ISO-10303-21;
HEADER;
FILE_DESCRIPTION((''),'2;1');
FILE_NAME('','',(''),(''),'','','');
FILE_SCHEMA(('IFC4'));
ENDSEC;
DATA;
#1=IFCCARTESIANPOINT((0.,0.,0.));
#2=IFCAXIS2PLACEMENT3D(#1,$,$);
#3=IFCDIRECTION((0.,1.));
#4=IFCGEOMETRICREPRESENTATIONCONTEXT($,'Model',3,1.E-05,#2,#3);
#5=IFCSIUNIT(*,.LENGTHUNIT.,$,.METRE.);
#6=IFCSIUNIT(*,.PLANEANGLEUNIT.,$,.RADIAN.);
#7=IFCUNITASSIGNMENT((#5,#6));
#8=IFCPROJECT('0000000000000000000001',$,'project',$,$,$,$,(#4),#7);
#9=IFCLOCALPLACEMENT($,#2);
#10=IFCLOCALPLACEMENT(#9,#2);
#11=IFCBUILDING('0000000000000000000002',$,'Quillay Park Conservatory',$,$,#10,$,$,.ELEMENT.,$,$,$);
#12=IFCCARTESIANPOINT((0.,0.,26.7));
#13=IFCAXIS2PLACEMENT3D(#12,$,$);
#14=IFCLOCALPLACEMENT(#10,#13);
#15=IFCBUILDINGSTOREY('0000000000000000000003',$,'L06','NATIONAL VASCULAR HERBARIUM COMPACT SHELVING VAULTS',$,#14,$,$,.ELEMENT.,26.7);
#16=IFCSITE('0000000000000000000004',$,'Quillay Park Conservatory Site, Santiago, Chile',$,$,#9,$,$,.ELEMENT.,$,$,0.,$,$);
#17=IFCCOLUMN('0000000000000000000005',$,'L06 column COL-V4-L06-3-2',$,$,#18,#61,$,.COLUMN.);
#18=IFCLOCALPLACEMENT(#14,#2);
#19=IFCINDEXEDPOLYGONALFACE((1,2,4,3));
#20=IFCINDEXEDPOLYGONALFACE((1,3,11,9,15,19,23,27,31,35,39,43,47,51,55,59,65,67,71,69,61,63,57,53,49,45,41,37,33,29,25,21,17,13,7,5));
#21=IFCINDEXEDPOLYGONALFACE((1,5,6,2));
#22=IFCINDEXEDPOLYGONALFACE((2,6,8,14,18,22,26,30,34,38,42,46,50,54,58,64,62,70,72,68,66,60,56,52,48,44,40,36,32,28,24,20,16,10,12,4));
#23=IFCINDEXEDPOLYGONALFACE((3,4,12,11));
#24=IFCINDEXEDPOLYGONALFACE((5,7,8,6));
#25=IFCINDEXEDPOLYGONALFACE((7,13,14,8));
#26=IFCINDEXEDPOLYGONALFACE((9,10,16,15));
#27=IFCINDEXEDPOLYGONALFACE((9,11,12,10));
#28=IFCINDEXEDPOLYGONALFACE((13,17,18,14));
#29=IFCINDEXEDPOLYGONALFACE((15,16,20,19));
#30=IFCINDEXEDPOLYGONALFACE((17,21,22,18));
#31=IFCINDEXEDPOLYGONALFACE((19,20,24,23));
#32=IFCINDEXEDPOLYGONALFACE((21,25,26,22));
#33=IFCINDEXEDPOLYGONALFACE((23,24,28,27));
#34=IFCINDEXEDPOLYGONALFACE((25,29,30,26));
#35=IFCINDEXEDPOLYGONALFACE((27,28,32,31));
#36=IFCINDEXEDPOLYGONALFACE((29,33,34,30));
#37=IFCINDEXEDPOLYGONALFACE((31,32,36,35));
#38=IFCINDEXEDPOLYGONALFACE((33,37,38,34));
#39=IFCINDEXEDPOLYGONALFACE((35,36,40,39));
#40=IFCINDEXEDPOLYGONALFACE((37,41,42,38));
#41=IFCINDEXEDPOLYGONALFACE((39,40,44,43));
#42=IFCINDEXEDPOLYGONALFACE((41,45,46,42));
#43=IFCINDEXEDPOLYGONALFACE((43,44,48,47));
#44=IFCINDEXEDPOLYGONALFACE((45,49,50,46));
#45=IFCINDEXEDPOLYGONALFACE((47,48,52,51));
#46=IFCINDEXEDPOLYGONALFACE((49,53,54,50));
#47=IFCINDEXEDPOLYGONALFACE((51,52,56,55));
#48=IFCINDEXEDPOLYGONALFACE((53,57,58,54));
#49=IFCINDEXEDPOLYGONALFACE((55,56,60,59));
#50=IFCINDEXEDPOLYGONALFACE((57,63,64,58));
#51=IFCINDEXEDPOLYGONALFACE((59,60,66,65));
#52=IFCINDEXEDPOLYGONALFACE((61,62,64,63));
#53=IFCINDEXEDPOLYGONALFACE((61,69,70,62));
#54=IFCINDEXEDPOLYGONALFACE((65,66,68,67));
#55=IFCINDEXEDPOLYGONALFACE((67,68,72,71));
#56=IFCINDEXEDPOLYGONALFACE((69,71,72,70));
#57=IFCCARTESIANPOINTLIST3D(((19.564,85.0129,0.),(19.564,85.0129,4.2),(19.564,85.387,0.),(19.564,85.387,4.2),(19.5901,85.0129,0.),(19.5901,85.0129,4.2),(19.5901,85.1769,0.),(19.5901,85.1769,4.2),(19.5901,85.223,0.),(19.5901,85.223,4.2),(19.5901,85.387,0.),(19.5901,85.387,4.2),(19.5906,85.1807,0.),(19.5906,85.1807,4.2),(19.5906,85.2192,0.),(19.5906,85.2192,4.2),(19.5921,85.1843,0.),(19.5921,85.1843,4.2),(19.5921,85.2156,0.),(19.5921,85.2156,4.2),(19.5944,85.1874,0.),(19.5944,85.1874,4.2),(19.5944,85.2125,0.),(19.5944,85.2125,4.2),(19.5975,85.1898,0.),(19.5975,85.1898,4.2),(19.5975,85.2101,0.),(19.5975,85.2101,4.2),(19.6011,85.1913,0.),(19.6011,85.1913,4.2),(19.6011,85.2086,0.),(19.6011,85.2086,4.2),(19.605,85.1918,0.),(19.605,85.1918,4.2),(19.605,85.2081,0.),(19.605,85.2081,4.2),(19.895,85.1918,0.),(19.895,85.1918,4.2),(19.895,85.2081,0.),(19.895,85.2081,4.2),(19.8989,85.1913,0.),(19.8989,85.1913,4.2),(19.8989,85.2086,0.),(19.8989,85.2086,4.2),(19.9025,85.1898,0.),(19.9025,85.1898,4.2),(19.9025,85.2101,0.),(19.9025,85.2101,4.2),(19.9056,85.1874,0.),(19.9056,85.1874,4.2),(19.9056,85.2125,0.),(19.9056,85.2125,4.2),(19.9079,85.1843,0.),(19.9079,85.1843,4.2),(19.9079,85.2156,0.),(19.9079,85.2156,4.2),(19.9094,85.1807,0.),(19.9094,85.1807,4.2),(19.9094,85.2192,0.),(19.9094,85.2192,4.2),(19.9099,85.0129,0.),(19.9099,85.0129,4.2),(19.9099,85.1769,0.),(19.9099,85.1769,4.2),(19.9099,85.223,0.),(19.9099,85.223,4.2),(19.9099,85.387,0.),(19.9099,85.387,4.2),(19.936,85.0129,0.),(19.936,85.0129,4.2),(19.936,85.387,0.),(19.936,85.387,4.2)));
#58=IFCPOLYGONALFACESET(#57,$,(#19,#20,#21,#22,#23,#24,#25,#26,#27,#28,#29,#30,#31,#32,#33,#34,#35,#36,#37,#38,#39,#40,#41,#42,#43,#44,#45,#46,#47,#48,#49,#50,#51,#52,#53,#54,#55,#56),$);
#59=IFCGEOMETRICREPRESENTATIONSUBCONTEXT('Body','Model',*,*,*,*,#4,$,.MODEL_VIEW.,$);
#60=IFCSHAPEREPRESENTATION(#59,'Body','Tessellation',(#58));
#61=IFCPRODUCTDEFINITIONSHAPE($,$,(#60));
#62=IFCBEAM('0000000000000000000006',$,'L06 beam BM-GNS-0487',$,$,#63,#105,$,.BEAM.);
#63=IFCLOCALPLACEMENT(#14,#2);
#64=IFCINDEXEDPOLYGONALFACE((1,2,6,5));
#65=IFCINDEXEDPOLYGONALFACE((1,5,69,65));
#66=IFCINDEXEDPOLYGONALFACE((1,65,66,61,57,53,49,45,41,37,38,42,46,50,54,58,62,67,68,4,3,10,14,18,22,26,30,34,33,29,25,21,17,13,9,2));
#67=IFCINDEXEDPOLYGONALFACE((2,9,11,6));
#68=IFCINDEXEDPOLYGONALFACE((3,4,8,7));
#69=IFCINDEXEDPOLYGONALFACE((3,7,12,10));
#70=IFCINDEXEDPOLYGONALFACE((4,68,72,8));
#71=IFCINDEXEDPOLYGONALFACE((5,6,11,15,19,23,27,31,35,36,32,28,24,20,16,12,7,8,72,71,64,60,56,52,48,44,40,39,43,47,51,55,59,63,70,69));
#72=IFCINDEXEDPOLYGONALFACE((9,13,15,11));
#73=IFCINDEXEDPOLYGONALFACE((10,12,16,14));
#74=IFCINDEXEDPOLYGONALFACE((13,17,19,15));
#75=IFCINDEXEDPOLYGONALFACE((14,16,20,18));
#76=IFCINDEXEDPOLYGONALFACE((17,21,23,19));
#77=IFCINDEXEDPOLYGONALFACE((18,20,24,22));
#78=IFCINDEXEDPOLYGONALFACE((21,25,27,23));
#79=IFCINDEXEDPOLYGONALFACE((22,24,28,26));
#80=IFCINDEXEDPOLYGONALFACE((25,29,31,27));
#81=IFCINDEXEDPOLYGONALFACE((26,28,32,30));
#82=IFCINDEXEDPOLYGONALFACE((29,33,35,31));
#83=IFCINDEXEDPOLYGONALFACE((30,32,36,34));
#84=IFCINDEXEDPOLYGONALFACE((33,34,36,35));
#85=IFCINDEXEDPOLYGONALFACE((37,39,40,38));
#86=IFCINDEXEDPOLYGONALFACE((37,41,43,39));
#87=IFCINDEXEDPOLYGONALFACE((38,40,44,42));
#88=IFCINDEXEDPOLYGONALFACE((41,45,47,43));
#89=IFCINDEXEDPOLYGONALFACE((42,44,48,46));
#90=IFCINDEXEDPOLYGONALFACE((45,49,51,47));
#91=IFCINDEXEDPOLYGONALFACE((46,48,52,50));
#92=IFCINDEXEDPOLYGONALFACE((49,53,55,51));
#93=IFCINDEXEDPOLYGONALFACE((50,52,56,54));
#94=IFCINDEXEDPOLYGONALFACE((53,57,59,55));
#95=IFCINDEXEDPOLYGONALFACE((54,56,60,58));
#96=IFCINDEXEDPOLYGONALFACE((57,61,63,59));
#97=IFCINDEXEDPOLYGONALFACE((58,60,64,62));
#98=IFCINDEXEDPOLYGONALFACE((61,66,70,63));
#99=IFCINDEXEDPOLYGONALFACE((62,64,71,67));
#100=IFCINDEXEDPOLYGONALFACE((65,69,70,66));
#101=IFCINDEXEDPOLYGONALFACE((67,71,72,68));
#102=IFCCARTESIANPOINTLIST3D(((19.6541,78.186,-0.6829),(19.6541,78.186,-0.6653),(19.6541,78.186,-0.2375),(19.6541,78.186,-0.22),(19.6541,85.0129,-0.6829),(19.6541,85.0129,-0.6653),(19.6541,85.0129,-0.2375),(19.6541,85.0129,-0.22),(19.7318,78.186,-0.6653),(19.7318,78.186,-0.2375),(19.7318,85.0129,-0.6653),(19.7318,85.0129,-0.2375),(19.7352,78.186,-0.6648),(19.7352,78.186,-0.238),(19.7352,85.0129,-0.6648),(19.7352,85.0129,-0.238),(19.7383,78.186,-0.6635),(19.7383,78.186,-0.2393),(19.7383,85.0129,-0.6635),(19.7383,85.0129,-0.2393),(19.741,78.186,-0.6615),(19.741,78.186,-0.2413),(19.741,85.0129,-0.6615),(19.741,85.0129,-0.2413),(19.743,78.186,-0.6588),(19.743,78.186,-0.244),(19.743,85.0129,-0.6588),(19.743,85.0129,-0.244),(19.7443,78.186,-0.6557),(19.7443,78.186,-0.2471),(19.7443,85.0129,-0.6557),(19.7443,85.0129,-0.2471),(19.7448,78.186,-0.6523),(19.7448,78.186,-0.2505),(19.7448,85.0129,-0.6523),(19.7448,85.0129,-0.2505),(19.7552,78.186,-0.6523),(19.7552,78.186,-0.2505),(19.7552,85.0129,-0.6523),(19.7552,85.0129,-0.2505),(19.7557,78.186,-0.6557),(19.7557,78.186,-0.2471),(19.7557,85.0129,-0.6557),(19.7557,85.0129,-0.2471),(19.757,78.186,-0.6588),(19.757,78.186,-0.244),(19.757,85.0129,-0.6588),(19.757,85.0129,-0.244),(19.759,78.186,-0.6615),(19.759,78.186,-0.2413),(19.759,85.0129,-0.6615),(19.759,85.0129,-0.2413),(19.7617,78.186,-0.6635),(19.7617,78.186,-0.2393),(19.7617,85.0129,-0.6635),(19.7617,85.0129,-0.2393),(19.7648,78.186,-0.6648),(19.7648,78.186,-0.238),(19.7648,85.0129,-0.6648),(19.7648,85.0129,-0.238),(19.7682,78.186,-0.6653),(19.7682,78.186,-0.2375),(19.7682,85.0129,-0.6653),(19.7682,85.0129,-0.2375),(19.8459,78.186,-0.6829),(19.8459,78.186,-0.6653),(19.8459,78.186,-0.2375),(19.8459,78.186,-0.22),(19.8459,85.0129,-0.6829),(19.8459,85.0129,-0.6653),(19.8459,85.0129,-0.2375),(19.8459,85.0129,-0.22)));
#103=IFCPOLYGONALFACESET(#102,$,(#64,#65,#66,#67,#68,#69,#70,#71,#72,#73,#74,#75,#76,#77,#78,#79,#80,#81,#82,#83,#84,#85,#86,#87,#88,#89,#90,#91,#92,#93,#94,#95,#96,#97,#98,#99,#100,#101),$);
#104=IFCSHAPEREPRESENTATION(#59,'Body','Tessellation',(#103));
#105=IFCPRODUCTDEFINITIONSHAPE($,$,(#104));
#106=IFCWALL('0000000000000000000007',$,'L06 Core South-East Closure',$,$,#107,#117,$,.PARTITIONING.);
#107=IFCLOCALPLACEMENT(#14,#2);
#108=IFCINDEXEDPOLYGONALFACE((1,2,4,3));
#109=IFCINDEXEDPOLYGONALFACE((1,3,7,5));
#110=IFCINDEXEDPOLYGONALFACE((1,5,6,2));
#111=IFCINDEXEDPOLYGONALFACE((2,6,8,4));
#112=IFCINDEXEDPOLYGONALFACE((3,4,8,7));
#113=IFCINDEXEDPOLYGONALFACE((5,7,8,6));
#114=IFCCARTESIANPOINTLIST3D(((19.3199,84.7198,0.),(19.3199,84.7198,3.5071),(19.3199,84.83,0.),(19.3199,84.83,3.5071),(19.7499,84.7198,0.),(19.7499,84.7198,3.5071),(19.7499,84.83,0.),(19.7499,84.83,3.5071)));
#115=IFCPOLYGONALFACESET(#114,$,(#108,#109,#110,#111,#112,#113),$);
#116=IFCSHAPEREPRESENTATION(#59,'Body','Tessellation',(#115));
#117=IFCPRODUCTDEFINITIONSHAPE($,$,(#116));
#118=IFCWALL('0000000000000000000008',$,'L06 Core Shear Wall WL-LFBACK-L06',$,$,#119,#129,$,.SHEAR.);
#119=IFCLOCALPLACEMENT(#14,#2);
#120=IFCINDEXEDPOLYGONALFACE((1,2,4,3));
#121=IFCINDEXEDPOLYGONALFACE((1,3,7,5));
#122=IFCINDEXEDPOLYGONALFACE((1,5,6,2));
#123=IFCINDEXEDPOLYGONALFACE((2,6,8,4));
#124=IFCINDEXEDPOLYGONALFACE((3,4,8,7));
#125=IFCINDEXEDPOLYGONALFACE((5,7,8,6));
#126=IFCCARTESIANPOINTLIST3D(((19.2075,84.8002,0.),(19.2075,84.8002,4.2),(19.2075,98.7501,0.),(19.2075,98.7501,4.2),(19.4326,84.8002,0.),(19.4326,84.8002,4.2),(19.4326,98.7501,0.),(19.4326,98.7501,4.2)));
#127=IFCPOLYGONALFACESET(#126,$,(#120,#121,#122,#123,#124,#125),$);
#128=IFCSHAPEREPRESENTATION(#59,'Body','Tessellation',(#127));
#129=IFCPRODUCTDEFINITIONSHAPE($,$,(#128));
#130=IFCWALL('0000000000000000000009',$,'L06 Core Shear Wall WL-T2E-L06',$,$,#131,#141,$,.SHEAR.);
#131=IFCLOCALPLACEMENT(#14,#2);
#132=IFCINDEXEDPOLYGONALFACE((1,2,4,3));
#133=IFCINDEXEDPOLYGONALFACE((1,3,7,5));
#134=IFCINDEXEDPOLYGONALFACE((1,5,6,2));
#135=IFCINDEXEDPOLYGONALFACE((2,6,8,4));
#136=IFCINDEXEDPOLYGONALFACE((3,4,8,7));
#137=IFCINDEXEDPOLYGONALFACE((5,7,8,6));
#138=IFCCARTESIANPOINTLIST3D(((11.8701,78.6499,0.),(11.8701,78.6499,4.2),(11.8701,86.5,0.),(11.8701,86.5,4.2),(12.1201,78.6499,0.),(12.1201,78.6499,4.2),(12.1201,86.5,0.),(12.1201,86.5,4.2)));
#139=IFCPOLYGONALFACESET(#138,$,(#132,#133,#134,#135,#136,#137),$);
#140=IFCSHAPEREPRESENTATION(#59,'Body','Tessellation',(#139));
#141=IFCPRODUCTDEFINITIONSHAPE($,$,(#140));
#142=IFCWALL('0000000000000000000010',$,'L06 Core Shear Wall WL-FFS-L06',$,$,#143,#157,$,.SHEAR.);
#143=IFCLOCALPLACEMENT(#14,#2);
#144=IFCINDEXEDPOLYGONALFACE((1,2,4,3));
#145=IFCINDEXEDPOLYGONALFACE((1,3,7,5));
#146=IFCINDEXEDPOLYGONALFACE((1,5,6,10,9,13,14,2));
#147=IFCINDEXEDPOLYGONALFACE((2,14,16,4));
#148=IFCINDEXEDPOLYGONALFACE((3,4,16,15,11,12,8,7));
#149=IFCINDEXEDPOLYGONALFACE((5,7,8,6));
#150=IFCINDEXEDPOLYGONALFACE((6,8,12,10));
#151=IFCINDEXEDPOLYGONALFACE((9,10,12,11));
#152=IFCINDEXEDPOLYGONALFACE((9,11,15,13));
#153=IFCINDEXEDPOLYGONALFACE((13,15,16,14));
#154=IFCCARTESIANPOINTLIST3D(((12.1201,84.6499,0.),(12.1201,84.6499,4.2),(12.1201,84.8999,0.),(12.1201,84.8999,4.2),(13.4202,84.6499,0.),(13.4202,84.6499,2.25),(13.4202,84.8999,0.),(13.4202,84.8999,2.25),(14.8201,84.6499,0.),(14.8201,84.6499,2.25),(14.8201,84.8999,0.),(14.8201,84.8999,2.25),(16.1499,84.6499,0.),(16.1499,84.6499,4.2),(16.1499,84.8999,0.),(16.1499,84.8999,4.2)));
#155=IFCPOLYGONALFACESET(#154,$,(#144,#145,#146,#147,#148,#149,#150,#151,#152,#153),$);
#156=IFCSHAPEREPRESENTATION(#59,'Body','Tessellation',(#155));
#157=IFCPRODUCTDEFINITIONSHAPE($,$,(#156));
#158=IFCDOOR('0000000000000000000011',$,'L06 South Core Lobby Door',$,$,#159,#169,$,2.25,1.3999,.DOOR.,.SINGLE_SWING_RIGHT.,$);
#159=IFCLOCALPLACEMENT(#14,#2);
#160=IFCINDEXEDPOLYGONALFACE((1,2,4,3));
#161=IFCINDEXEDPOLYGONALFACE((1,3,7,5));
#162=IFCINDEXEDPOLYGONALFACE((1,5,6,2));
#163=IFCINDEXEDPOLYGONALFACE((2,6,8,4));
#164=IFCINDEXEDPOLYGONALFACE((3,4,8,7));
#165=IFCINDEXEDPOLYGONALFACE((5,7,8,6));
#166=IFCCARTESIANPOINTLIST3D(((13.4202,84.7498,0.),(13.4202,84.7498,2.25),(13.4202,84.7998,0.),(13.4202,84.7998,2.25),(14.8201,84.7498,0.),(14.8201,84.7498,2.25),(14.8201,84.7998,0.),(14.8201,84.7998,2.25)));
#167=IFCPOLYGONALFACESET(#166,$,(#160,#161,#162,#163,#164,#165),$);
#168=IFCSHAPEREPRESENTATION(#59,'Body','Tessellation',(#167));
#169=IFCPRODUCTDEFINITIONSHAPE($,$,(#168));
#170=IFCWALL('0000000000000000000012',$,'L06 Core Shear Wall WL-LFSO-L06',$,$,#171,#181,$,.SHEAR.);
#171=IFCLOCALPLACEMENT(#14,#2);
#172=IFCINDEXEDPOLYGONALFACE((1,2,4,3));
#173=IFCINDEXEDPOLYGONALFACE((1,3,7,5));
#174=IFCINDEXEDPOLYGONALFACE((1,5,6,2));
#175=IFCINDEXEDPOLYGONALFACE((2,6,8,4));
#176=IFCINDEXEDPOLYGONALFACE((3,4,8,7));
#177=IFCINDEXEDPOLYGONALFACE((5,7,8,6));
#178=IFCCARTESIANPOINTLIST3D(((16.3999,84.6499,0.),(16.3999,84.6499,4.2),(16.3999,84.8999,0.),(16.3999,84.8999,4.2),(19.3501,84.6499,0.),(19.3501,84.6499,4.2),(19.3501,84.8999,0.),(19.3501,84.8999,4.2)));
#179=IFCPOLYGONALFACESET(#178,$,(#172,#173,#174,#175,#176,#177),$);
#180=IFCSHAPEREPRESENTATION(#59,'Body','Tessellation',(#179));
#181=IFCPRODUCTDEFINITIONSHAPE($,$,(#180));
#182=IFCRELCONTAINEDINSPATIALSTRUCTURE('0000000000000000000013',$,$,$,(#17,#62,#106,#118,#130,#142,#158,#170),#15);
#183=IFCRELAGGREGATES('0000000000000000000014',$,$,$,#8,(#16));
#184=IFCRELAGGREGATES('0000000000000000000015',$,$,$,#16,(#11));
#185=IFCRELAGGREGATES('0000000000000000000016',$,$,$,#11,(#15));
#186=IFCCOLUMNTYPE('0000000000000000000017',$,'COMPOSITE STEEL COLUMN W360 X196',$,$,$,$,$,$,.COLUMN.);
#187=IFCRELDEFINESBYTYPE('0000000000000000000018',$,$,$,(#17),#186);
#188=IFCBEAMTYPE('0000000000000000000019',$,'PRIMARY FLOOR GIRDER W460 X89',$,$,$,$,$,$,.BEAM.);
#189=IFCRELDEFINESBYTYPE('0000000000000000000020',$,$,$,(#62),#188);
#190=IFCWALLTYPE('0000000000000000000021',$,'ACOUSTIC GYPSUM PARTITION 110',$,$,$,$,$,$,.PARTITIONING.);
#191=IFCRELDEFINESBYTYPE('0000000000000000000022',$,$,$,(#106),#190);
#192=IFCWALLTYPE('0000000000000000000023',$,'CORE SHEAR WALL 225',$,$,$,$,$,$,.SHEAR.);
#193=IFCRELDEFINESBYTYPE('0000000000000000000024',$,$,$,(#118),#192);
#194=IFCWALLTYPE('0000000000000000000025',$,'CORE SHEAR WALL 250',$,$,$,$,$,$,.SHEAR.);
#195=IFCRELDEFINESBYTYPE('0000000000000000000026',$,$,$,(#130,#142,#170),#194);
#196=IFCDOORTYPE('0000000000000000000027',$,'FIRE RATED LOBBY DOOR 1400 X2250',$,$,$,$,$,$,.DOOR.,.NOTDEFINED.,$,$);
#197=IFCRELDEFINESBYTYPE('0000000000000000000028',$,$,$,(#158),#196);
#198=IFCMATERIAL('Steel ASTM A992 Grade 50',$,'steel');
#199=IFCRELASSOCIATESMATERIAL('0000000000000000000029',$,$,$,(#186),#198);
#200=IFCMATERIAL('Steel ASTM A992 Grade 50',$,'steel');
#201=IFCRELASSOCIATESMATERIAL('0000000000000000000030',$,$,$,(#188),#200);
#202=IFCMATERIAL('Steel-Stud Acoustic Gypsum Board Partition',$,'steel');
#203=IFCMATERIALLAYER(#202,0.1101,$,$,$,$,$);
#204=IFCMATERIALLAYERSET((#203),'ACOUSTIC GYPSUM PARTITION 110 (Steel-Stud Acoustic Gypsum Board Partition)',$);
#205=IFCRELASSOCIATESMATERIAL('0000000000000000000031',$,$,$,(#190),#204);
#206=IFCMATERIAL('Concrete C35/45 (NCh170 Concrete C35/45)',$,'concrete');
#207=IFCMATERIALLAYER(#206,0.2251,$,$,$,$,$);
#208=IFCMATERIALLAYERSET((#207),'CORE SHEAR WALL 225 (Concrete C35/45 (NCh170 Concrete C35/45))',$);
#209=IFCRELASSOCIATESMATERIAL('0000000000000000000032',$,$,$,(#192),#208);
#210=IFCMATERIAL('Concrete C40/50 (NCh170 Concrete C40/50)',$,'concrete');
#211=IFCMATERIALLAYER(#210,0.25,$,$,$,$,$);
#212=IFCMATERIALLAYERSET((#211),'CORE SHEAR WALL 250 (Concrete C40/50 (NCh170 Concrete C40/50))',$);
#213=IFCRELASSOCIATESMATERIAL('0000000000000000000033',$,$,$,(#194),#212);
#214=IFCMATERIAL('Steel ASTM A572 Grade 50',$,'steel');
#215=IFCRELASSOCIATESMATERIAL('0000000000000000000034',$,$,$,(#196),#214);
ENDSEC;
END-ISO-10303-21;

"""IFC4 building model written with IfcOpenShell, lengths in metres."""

from ifc_helpers import new_model, si_unit, direction, frame, frame_2d, origin, origin_2d, place, context, subcontext, project, spatial, rectangle, i_section, extrude, material, layer, layer_set, material_profile, profile_set, type_object, element, fill, save


model = new_model("IFC4")

# Units and contexts
model_context = context("Model", 3, precision=1e-05, world=origin(), true_north=direction((0.0, 1.0)))
body_context = subcontext(model_context, "Body", "Model", "MODEL_VIEW")
ifc_project = project(units=[si_unit("LENGTHUNIT", "METRE"), si_unit("PLANEANGLEUNIT", "RADIAN")], contexts=[model_context])

# Site, building, storey
site_placement = place(None, origin())
site = spatial("IfcSite", under=ifc_project, at=site_placement, Name="Quillay Park Conservatory Site, Santiago, Chile", CompositionType="ELEMENT", RefElevation=0.0)
building_placement = place(site_placement, origin())
building = spatial("IfcBuilding", under=site, at=building_placement, Name="Quillay Park Conservatory", CompositionType="ELEMENT")
storey_placement = place(building_placement, frame((0.0, 0.0, 26.7)))
storey = spatial("IfcBuildingStorey", under=building, at=storey_placement, Name="L06", Description="NATIONAL VASCULAR HERBARIUM COMPACT SHELVING VAULTS", CompositionType="ELEMENT", Elevation=26.7)

# Column
ifc_material_1 = material(Name="Steel ASTM A992 Grade 50", Category="steel")
ifc_material_profile_1 = material_profile(ifc_material_1, i_section(OverallWidth=0.374, OverallDepth=0.3721, WebThickness=0.0164, FlangeThickness=0.0261, FilletRadius=0.0149, at=origin_2d()), Name="W360x196")
ifc_profile_set_1 = profile_set([ifc_material_profile_1], Name="Steel ASTM A992 Grade 50")
column_type = type_object("IfcColumnType", Name="COMPOSITE STEEL COLUMN W360 X196", PredefinedType="COLUMN", material=ifc_profile_set_1)
column_placement = place(storey_placement, frame((19.75, 85.2, 0.0), z_axis=(0.0, 0.0, 1.0), x_axis=(0.0, 1.0, 0.0)))
element("IfcColumn", 1, at=column_placement, inside=storey, type_object=column_type, Name="L06 column COL-V4-L06-3-2", PredefinedType="COLUMN", context=body_context, shape_type="SweptSolid", body=[
    extrude(i_section(OverallWidth=0.374, OverallDepth=0.3721, WebThickness=0.0164, FlangeThickness=0.0261, FilletRadius=0.0149, at=origin_2d()), origin(), (0.0, 0.0, 1.0), 4.2),
])

# Beam
ifc_material_2 = material(Name="Steel ASTM A992 Grade 50", Category="steel")
ifc_material_profile_2 = material_profile(ifc_material_2, i_section(OverallWidth=0.1919, OverallDepth=0.4629, WebThickness=0.0105, FlangeThickness=0.0176, FilletRadius=0.0129, at=origin_2d()), Name="W460x89")
ifc_profile_set_2 = profile_set([ifc_material_profile_2], Name="Steel ASTM A992 Grade 50")
beam_type = type_object("IfcBeamType", Name="PRIMARY FLOOR GIRDER W460 X89", PredefinedType="BEAM", material=ifc_profile_set_2)
beam_placement = place(storey_placement, frame((19.75, 78.186, -0.4514), z_axis=(0.0, 1.0, 0.0), x_axis=(-1.0, 0.0, 0.0)))
element("IfcBeam", 2, at=beam_placement, inside=storey, type_object=beam_type, Name="L06 beam BM-GNS-0487", PredefinedType="BEAM", context=body_context, shape_type="SweptSolid", body=[
    extrude(i_section(OverallWidth=0.1919, OverallDepth=0.4629, WebThickness=0.0105, FlangeThickness=0.0176, FilletRadius=0.0129, at=origin_2d()), origin(), (0.0, 0.0, 1.0), 6.8269),
])

# Walls
ifc_material_3 = material(Name="Steel-Stud Acoustic Gypsum Board Partition", Category="steel")
ifc_layer_1 = layer(ifc_material_3, 0.1101)
ifc_layer_set_1 = layer_set([ifc_layer_1], Name="ACOUSTIC GYPSUM PARTITION 110 (Steel-Stud Acoustic Gypsum Board Partition)")
wall_type_1 = type_object("IfcWallType", Name="ACOUSTIC GYPSUM PARTITION 110", PredefinedType="PARTITIONING", material=ifc_layer_set_1)
wall_1_placement = place(storey_placement, frame((19.3201, 84.7749, 0.0), z_axis=(0.0, 0.0, 1.0), x_axis=(1.0, 0.0, 0.0)))
element("IfcWall", 3, at=wall_1_placement, inside=storey, type_object=wall_type_1, Name="L06 Core South-East Closure", PredefinedType="PARTITIONING", context=body_context, shape_type="SweptSolid", body=[
    extrude(rectangle(XDim=0.4299, YDim=0.1101, at=frame_2d((0.2148, 0.0))), origin(), (0.0, 0.0, 1.0), 3.5071),
])
ifc_material_4 = material(Name="Concrete C35/45 (NCh170 Concrete C35/45)", Category="concrete")
ifc_layer_2 = layer(ifc_material_4, 0.2251)
ifc_layer_set_2 = layer_set([ifc_layer_2], Name="CORE SHEAR WALL 225 (Concrete C35/45 (NCh170 Concrete C35/45))")
wall_type_2 = type_object("IfcWallType", Name="CORE SHEAR WALL 225", PredefinedType="SHEAR", material=ifc_layer_set_2)
wall_2_placement = place(storey_placement, frame((19.3201, 84.8, 0.0), z_axis=(0.0, 0.0, 1.0), x_axis=(0.0, 1.0, 0.0)))
element("IfcWall", 4, at=wall_2_placement, inside=storey, type_object=wall_type_2, Name="L06 Core Shear Wall WL-LFBACK-L06", PredefinedType="SHEAR", context=body_context, shape_type="SweptSolid", body=[
    extrude(rectangle(XDim=13.95, YDim=0.2251, at=frame_2d((6.9751, 0.0))), origin(), (0.0, 0.0, 1.0), 4.2),
])
ifc_material_5 = material(Name="Concrete C40/50 (NCh170 Concrete C40/50)", Category="concrete")
ifc_layer_3 = layer(ifc_material_5, 0.25)
ifc_layer_set_3 = layer_set([ifc_layer_3], Name="CORE SHEAR WALL 250 (Concrete C40/50 (NCh170 Concrete C40/50))")
wall_type_3 = type_object("IfcWallType", Name="CORE SHEAR WALL 250", PredefinedType="SHEAR", material=ifc_layer_set_3)
wall_3_placement = place(storey_placement, frame((11.9951, 78.6499, 0.0), z_axis=(0.0, 0.0, 1.0), x_axis=(0.0, 1.0, 0.0)))
element("IfcWall", 5, at=wall_3_placement, inside=storey, type_object=wall_type_3, Name="L06 Core Shear Wall WL-T2E-L06", PredefinedType="SHEAR", context=body_context, shape_type="SweptSolid", body=[
    extrude(rectangle(XDim=7.8501, YDim=0.25, at=frame_2d((3.925, 0.0))), origin(), (0.0, 0.0, 1.0), 4.2),
])

# Wall, opening, door
wall_4_placement = place(storey_placement, frame((12.1201, 84.7749, 0.0), z_axis=(0.0, 0.0, 1.0), x_axis=(1.0, 0.0, 0.0)))
wall_4 = element("IfcWall", 6, at=wall_4_placement, inside=storey, type_object=wall_type_3, Name="L06 Core Shear Wall WL-FFS-L06", PredefinedType="SHEAR", context=body_context, shape_type="SweptSolid", body=[
    extrude(rectangle(XDim=4.0298, YDim=0.25, at=frame_2d((2.0149, 0.0))), origin(), (0.0, 0.0, 1.0), 4.2),
])
opening_1_placement = place(wall_4_placement, frame((1.3, 0.0, 0.0)))
opening_1 = element("IfcOpeningElement", 7, at=opening_1_placement, cuts=wall_4, PredefinedType="OPENING", context=body_context, shape_type="SweptSolid", body=[
    extrude(rectangle(XDim=1.3999, YDim=2.25, at=frame_2d((0.7, 1.125))), frame((0.0, 0.125, 0.0), z_axis=(0.0, -1.0, 0.0), x_axis=(1.0, 0.0, 0.0)), (0.0, 0.0, 1.0), 0.25),
])
ifc_material_6 = material(Name="Steel ASTM A572 Grade 50", Category="steel")
door_type_1 = type_object("IfcDoorType", Name="FIRE RATED LOBBY DOOR 1400 X2250", OperationType="NOTDEFINED", PredefinedType="DOOR", material=ifc_material_6)
door_1_placement = place(opening_1_placement, origin())
door_1 = element("IfcDoor", 8, at=door_1_placement, inside=storey, type_object=door_type_1, Name="L06 South Core Lobby Door", OperationType="SINGLE_SWING_RIGHT", OverallHeight=2.25, OverallWidth=1.3999, PredefinedType="DOOR", context=body_context, shape_type="SweptSolid", body=[
    extrude(rectangle(XDim=1.3999, YDim=2.25, at=frame_2d((0.7, 1.125))), frame((0.0, 0.0249, 0.0), z_axis=(0.0, -1.0, 0.0), x_axis=(1.0, 0.0, 0.0)), (0.0, 0.0, 1.0), 0.05),
])
fill(opening_1, door_1)

# Wall
wall_5_placement = place(storey_placement, frame((16.3999, 84.7749, 0.0), z_axis=(0.0, 0.0, 1.0), x_axis=(1.0, 0.0, 0.0)))
element("IfcWall", 9, at=wall_5_placement, inside=storey, type_object=wall_type_3, Name="L06 Core Shear Wall WL-LFSO-L06", PredefinedType="SHEAR", context=body_context, shape_type="SweptSolid", body=[
    extrude(rectangle(XDim=2.9502, YDim=0.25, at=frame_2d((1.4751, 0.0))), origin(), (0.0, 0.0, 1.0), 4.2),
])

save(model, "model.ifc")
